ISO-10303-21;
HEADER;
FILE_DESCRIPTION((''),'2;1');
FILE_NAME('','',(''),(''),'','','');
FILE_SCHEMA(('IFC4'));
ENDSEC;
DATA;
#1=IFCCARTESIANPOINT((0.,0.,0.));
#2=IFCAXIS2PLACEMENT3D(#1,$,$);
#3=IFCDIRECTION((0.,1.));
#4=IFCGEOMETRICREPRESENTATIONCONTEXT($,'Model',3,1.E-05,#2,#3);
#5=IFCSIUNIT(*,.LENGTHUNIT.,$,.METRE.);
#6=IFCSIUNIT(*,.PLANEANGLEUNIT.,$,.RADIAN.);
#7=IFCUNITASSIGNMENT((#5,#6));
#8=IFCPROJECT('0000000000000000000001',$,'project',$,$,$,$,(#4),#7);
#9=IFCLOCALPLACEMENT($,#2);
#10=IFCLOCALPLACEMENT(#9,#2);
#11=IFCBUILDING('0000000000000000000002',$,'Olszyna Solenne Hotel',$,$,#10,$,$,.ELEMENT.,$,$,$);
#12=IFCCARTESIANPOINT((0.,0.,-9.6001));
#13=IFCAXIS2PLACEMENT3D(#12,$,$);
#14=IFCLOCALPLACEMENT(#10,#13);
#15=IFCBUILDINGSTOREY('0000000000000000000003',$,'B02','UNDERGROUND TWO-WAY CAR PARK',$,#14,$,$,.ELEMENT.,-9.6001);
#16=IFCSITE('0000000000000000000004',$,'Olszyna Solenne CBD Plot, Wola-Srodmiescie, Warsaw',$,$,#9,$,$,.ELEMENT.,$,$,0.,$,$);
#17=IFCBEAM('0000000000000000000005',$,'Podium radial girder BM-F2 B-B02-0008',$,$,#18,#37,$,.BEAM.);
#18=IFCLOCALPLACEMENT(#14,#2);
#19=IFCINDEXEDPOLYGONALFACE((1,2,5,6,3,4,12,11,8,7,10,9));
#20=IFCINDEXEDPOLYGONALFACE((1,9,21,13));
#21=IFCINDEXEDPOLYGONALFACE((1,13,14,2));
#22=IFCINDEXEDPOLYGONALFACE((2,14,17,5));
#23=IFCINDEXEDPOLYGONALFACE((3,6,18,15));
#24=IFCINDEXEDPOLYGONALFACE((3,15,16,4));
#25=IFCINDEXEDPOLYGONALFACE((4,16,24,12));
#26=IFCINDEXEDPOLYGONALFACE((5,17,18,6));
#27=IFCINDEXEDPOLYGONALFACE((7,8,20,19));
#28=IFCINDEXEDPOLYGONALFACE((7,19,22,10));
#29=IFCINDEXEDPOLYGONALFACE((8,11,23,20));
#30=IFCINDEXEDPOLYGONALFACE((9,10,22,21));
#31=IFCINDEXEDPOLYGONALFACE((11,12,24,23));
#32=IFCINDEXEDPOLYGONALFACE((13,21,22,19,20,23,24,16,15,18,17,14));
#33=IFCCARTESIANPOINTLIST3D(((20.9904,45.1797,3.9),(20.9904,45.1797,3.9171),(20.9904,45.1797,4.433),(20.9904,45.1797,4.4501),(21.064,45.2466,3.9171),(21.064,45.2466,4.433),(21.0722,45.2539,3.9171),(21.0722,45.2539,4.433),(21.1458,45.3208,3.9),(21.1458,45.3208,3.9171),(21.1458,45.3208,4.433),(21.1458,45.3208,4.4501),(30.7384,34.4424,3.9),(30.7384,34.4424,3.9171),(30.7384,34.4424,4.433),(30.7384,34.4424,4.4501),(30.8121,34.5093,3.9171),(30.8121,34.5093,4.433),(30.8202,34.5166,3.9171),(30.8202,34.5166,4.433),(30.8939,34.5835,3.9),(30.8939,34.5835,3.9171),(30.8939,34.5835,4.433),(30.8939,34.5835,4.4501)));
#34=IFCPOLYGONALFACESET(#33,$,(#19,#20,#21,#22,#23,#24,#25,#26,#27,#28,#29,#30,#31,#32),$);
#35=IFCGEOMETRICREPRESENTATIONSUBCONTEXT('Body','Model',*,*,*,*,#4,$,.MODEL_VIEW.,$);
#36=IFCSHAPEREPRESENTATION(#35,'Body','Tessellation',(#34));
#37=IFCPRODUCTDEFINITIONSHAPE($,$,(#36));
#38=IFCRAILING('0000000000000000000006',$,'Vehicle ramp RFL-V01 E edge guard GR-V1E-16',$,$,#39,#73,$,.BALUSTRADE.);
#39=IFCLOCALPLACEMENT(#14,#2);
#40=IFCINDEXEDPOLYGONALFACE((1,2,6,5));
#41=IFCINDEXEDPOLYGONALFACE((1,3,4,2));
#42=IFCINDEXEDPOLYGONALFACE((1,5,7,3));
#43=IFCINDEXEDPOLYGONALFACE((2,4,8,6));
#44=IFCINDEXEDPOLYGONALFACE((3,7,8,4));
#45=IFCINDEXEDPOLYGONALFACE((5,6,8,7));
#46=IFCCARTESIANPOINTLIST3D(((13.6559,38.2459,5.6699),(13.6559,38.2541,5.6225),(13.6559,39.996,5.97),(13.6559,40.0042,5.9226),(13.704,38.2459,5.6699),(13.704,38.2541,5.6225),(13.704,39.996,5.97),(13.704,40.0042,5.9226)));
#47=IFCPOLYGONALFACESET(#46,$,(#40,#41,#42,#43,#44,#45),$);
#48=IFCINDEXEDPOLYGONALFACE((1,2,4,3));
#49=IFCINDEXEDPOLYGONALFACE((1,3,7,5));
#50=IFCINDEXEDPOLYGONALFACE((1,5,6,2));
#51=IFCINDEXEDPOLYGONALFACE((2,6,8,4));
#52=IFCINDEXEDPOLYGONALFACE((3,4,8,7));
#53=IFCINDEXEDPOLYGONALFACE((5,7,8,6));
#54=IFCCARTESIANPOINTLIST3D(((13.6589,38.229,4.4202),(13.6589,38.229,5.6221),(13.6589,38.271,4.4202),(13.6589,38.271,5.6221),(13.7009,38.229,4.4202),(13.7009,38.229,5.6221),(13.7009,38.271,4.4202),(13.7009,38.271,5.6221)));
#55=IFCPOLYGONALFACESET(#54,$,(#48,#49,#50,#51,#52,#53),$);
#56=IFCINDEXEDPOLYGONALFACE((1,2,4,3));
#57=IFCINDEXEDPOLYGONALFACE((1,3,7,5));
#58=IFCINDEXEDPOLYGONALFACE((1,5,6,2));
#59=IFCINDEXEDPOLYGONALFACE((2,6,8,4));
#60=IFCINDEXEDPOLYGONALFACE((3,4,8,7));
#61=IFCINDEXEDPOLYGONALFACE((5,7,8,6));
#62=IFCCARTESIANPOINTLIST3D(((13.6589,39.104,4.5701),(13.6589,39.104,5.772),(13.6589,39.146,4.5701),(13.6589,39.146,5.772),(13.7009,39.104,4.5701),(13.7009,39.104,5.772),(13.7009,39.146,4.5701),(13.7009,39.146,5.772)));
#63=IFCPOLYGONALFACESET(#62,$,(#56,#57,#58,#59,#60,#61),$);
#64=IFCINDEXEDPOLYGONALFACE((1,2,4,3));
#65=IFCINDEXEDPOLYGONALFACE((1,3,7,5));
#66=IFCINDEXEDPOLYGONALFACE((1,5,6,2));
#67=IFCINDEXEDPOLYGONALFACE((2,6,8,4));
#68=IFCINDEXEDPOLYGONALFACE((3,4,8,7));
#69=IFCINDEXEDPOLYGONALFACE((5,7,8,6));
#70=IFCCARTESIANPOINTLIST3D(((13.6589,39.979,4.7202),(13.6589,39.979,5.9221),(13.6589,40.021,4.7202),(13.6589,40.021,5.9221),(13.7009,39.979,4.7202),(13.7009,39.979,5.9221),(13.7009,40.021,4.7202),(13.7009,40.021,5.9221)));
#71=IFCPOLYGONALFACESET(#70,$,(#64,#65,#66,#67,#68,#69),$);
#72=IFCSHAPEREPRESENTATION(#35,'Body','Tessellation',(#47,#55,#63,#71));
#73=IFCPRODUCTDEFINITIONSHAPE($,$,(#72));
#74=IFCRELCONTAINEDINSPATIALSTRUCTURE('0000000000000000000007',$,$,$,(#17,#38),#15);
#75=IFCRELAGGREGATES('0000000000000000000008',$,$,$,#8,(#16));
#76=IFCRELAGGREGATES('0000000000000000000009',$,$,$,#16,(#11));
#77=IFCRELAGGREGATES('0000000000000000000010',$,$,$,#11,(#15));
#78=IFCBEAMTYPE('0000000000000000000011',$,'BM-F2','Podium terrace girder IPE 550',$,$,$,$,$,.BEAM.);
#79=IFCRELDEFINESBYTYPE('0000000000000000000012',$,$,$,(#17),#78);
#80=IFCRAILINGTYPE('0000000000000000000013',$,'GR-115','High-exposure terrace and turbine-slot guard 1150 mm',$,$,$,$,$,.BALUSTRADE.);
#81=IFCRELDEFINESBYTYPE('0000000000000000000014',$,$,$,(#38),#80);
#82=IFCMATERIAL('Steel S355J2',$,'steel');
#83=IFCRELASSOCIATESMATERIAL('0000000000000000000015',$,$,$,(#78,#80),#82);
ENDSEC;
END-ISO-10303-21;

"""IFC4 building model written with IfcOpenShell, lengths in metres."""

from ifc_helpers import new_model, si_unit, direction, frame, origin, origin_2d, place, context, subcontext, project, spatial, rectangle, i_section, extrude, source, transform, mapped, material, material_profile, profile_set, type_object, element, save


model = new_model("IFC4")

# Units and contexts
model_context = context("Model", 3, precision=1e-05, world=origin(), true_north=direction((0.0, 1.0)))
body_context = subcontext(model_context, "Body", "Model", "MODEL_VIEW")
ifc_project = project(units=[si_unit("LENGTHUNIT", "METRE"), si_unit("PLANEANGLEUNIT", "RADIAN")], contexts=[model_context])

# Site, building, storey
site_placement = place(None, origin())
site = spatial("IfcSite", under=ifc_project, at=site_placement, Name="Olszyna Solenne CBD Plot, Wola-Srodmiescie, Warsaw", CompositionType="ELEMENT", RefElevation=0.0)
building_placement = place(site_placement, origin())
building = spatial("IfcBuilding", under=site, at=building_placement, Name="Olszyna Solenne Hotel", CompositionType="ELEMENT")
storey_placement = place(building_placement, frame((0.0, 0.0, -9.6001)))
storey = spatial("IfcBuildingStorey", under=building, at=storey_placement, Name="B02", Description="UNDERGROUND TWO-WAY CAR PARK", CompositionType="ELEMENT", Elevation=-9.6001)

# Beam
ifc_material_1 = material(Name="Steel S355J2", Category="steel")
ifc_material_profile_1 = material_profile(ifc_material_1, i_section(OverallWidth=0.21, OverallDepth=0.55, WebThickness=0.011, FlangeThickness=0.0171, at=origin_2d()), Name="IPE 550", Category="load-bearing")
ifc_profile_set_1 = profile_set([ifc_material_profile_1], Name="Steel S355J2")
beam_type_1 = type_object("IfcBeamType", Name="BM-F2", Description="Podium terrace girder IPE 550", PredefinedType="BEAM", material=ifc_profile_set_1)
shared_shape_1 = source(origin(), body_context, "Body", "SweptSolid", [
    extrude(i_section(OverallWidth=0.21, OverallDepth=0.55, WebThickness=0.011, FlangeThickness=0.0171, at=origin_2d()), origin(), (0.0, 0.0, 1.0), 14.5022),
])
beam_1_placement = place(storey_placement, frame((21.0681, 45.2502, 4.175), z_axis=(0.672177, -0.740391, 0.0), x_axis=(0.740391, 0.672177, 0.0)))
element("IfcBeam", 1, at=beam_1_placement, inside=storey, type_object=beam_type_1, Name="Podium radial girder BM-F2 B-B02-0008", PredefinedType="BEAM", context=body_context, shape_type="MappedRepresentation", body=[
    mapped(shared_shape_1, transform((0.0, 0.0, 0.0), x_axis=(1.0, 0.0, 0.0), y_axis=(0.0, 1.0, 0.0), z_axis=(0.0, 0.0, 1.0), scale=1.0)),
])

# Railing
railing_type = type_object("IfcRailingType", Name="GR-115", Description="High-exposure terrace and turbine-slot guard 1150 mm", PredefinedType="BALUSTRADE", material=ifc_material_1)
railing_placement = place(storey_placement, frame((13.6799, 38.25, 4.4202)))
element("IfcRailing", 2, at=railing_placement, inside=storey, type_object=railing_type, Name="Vehicle ramp RFL-V01 E edge guard GR-V1E-16", PredefinedType="BALUSTRADE", context=body_context, shape_type="SweptSolid", body=[
    extrude(rectangle(XDim=0.0481, YDim=0.0481, at=origin_2d()), frame((0.0, 0.0, 1.2261), z_axis=(0.0, 0.985618, 0.168991), x_axis=(-1.0, 0.0, 0.0)), (0.0, 0.0, 1.0), 1.7756),
    extrude(rectangle(XDim=0.042, YDim=0.042, at=origin_2d()), origin(), (0.0, 0.0, 1.0), 1.2019),
    extrude(rectangle(XDim=0.042, YDim=0.042, at=origin_2d()), frame((0.0, 0.875, 0.1499)), (0.0, 0.0, 1.0), 1.2019),
    extrude(rectangle(XDim=0.042, YDim=0.042, at=origin_2d()), frame((0.0, 1.75, 0.3)), (0.0, 0.0, 1.0), 1.2019),
])

save(model, "model.ifc")
